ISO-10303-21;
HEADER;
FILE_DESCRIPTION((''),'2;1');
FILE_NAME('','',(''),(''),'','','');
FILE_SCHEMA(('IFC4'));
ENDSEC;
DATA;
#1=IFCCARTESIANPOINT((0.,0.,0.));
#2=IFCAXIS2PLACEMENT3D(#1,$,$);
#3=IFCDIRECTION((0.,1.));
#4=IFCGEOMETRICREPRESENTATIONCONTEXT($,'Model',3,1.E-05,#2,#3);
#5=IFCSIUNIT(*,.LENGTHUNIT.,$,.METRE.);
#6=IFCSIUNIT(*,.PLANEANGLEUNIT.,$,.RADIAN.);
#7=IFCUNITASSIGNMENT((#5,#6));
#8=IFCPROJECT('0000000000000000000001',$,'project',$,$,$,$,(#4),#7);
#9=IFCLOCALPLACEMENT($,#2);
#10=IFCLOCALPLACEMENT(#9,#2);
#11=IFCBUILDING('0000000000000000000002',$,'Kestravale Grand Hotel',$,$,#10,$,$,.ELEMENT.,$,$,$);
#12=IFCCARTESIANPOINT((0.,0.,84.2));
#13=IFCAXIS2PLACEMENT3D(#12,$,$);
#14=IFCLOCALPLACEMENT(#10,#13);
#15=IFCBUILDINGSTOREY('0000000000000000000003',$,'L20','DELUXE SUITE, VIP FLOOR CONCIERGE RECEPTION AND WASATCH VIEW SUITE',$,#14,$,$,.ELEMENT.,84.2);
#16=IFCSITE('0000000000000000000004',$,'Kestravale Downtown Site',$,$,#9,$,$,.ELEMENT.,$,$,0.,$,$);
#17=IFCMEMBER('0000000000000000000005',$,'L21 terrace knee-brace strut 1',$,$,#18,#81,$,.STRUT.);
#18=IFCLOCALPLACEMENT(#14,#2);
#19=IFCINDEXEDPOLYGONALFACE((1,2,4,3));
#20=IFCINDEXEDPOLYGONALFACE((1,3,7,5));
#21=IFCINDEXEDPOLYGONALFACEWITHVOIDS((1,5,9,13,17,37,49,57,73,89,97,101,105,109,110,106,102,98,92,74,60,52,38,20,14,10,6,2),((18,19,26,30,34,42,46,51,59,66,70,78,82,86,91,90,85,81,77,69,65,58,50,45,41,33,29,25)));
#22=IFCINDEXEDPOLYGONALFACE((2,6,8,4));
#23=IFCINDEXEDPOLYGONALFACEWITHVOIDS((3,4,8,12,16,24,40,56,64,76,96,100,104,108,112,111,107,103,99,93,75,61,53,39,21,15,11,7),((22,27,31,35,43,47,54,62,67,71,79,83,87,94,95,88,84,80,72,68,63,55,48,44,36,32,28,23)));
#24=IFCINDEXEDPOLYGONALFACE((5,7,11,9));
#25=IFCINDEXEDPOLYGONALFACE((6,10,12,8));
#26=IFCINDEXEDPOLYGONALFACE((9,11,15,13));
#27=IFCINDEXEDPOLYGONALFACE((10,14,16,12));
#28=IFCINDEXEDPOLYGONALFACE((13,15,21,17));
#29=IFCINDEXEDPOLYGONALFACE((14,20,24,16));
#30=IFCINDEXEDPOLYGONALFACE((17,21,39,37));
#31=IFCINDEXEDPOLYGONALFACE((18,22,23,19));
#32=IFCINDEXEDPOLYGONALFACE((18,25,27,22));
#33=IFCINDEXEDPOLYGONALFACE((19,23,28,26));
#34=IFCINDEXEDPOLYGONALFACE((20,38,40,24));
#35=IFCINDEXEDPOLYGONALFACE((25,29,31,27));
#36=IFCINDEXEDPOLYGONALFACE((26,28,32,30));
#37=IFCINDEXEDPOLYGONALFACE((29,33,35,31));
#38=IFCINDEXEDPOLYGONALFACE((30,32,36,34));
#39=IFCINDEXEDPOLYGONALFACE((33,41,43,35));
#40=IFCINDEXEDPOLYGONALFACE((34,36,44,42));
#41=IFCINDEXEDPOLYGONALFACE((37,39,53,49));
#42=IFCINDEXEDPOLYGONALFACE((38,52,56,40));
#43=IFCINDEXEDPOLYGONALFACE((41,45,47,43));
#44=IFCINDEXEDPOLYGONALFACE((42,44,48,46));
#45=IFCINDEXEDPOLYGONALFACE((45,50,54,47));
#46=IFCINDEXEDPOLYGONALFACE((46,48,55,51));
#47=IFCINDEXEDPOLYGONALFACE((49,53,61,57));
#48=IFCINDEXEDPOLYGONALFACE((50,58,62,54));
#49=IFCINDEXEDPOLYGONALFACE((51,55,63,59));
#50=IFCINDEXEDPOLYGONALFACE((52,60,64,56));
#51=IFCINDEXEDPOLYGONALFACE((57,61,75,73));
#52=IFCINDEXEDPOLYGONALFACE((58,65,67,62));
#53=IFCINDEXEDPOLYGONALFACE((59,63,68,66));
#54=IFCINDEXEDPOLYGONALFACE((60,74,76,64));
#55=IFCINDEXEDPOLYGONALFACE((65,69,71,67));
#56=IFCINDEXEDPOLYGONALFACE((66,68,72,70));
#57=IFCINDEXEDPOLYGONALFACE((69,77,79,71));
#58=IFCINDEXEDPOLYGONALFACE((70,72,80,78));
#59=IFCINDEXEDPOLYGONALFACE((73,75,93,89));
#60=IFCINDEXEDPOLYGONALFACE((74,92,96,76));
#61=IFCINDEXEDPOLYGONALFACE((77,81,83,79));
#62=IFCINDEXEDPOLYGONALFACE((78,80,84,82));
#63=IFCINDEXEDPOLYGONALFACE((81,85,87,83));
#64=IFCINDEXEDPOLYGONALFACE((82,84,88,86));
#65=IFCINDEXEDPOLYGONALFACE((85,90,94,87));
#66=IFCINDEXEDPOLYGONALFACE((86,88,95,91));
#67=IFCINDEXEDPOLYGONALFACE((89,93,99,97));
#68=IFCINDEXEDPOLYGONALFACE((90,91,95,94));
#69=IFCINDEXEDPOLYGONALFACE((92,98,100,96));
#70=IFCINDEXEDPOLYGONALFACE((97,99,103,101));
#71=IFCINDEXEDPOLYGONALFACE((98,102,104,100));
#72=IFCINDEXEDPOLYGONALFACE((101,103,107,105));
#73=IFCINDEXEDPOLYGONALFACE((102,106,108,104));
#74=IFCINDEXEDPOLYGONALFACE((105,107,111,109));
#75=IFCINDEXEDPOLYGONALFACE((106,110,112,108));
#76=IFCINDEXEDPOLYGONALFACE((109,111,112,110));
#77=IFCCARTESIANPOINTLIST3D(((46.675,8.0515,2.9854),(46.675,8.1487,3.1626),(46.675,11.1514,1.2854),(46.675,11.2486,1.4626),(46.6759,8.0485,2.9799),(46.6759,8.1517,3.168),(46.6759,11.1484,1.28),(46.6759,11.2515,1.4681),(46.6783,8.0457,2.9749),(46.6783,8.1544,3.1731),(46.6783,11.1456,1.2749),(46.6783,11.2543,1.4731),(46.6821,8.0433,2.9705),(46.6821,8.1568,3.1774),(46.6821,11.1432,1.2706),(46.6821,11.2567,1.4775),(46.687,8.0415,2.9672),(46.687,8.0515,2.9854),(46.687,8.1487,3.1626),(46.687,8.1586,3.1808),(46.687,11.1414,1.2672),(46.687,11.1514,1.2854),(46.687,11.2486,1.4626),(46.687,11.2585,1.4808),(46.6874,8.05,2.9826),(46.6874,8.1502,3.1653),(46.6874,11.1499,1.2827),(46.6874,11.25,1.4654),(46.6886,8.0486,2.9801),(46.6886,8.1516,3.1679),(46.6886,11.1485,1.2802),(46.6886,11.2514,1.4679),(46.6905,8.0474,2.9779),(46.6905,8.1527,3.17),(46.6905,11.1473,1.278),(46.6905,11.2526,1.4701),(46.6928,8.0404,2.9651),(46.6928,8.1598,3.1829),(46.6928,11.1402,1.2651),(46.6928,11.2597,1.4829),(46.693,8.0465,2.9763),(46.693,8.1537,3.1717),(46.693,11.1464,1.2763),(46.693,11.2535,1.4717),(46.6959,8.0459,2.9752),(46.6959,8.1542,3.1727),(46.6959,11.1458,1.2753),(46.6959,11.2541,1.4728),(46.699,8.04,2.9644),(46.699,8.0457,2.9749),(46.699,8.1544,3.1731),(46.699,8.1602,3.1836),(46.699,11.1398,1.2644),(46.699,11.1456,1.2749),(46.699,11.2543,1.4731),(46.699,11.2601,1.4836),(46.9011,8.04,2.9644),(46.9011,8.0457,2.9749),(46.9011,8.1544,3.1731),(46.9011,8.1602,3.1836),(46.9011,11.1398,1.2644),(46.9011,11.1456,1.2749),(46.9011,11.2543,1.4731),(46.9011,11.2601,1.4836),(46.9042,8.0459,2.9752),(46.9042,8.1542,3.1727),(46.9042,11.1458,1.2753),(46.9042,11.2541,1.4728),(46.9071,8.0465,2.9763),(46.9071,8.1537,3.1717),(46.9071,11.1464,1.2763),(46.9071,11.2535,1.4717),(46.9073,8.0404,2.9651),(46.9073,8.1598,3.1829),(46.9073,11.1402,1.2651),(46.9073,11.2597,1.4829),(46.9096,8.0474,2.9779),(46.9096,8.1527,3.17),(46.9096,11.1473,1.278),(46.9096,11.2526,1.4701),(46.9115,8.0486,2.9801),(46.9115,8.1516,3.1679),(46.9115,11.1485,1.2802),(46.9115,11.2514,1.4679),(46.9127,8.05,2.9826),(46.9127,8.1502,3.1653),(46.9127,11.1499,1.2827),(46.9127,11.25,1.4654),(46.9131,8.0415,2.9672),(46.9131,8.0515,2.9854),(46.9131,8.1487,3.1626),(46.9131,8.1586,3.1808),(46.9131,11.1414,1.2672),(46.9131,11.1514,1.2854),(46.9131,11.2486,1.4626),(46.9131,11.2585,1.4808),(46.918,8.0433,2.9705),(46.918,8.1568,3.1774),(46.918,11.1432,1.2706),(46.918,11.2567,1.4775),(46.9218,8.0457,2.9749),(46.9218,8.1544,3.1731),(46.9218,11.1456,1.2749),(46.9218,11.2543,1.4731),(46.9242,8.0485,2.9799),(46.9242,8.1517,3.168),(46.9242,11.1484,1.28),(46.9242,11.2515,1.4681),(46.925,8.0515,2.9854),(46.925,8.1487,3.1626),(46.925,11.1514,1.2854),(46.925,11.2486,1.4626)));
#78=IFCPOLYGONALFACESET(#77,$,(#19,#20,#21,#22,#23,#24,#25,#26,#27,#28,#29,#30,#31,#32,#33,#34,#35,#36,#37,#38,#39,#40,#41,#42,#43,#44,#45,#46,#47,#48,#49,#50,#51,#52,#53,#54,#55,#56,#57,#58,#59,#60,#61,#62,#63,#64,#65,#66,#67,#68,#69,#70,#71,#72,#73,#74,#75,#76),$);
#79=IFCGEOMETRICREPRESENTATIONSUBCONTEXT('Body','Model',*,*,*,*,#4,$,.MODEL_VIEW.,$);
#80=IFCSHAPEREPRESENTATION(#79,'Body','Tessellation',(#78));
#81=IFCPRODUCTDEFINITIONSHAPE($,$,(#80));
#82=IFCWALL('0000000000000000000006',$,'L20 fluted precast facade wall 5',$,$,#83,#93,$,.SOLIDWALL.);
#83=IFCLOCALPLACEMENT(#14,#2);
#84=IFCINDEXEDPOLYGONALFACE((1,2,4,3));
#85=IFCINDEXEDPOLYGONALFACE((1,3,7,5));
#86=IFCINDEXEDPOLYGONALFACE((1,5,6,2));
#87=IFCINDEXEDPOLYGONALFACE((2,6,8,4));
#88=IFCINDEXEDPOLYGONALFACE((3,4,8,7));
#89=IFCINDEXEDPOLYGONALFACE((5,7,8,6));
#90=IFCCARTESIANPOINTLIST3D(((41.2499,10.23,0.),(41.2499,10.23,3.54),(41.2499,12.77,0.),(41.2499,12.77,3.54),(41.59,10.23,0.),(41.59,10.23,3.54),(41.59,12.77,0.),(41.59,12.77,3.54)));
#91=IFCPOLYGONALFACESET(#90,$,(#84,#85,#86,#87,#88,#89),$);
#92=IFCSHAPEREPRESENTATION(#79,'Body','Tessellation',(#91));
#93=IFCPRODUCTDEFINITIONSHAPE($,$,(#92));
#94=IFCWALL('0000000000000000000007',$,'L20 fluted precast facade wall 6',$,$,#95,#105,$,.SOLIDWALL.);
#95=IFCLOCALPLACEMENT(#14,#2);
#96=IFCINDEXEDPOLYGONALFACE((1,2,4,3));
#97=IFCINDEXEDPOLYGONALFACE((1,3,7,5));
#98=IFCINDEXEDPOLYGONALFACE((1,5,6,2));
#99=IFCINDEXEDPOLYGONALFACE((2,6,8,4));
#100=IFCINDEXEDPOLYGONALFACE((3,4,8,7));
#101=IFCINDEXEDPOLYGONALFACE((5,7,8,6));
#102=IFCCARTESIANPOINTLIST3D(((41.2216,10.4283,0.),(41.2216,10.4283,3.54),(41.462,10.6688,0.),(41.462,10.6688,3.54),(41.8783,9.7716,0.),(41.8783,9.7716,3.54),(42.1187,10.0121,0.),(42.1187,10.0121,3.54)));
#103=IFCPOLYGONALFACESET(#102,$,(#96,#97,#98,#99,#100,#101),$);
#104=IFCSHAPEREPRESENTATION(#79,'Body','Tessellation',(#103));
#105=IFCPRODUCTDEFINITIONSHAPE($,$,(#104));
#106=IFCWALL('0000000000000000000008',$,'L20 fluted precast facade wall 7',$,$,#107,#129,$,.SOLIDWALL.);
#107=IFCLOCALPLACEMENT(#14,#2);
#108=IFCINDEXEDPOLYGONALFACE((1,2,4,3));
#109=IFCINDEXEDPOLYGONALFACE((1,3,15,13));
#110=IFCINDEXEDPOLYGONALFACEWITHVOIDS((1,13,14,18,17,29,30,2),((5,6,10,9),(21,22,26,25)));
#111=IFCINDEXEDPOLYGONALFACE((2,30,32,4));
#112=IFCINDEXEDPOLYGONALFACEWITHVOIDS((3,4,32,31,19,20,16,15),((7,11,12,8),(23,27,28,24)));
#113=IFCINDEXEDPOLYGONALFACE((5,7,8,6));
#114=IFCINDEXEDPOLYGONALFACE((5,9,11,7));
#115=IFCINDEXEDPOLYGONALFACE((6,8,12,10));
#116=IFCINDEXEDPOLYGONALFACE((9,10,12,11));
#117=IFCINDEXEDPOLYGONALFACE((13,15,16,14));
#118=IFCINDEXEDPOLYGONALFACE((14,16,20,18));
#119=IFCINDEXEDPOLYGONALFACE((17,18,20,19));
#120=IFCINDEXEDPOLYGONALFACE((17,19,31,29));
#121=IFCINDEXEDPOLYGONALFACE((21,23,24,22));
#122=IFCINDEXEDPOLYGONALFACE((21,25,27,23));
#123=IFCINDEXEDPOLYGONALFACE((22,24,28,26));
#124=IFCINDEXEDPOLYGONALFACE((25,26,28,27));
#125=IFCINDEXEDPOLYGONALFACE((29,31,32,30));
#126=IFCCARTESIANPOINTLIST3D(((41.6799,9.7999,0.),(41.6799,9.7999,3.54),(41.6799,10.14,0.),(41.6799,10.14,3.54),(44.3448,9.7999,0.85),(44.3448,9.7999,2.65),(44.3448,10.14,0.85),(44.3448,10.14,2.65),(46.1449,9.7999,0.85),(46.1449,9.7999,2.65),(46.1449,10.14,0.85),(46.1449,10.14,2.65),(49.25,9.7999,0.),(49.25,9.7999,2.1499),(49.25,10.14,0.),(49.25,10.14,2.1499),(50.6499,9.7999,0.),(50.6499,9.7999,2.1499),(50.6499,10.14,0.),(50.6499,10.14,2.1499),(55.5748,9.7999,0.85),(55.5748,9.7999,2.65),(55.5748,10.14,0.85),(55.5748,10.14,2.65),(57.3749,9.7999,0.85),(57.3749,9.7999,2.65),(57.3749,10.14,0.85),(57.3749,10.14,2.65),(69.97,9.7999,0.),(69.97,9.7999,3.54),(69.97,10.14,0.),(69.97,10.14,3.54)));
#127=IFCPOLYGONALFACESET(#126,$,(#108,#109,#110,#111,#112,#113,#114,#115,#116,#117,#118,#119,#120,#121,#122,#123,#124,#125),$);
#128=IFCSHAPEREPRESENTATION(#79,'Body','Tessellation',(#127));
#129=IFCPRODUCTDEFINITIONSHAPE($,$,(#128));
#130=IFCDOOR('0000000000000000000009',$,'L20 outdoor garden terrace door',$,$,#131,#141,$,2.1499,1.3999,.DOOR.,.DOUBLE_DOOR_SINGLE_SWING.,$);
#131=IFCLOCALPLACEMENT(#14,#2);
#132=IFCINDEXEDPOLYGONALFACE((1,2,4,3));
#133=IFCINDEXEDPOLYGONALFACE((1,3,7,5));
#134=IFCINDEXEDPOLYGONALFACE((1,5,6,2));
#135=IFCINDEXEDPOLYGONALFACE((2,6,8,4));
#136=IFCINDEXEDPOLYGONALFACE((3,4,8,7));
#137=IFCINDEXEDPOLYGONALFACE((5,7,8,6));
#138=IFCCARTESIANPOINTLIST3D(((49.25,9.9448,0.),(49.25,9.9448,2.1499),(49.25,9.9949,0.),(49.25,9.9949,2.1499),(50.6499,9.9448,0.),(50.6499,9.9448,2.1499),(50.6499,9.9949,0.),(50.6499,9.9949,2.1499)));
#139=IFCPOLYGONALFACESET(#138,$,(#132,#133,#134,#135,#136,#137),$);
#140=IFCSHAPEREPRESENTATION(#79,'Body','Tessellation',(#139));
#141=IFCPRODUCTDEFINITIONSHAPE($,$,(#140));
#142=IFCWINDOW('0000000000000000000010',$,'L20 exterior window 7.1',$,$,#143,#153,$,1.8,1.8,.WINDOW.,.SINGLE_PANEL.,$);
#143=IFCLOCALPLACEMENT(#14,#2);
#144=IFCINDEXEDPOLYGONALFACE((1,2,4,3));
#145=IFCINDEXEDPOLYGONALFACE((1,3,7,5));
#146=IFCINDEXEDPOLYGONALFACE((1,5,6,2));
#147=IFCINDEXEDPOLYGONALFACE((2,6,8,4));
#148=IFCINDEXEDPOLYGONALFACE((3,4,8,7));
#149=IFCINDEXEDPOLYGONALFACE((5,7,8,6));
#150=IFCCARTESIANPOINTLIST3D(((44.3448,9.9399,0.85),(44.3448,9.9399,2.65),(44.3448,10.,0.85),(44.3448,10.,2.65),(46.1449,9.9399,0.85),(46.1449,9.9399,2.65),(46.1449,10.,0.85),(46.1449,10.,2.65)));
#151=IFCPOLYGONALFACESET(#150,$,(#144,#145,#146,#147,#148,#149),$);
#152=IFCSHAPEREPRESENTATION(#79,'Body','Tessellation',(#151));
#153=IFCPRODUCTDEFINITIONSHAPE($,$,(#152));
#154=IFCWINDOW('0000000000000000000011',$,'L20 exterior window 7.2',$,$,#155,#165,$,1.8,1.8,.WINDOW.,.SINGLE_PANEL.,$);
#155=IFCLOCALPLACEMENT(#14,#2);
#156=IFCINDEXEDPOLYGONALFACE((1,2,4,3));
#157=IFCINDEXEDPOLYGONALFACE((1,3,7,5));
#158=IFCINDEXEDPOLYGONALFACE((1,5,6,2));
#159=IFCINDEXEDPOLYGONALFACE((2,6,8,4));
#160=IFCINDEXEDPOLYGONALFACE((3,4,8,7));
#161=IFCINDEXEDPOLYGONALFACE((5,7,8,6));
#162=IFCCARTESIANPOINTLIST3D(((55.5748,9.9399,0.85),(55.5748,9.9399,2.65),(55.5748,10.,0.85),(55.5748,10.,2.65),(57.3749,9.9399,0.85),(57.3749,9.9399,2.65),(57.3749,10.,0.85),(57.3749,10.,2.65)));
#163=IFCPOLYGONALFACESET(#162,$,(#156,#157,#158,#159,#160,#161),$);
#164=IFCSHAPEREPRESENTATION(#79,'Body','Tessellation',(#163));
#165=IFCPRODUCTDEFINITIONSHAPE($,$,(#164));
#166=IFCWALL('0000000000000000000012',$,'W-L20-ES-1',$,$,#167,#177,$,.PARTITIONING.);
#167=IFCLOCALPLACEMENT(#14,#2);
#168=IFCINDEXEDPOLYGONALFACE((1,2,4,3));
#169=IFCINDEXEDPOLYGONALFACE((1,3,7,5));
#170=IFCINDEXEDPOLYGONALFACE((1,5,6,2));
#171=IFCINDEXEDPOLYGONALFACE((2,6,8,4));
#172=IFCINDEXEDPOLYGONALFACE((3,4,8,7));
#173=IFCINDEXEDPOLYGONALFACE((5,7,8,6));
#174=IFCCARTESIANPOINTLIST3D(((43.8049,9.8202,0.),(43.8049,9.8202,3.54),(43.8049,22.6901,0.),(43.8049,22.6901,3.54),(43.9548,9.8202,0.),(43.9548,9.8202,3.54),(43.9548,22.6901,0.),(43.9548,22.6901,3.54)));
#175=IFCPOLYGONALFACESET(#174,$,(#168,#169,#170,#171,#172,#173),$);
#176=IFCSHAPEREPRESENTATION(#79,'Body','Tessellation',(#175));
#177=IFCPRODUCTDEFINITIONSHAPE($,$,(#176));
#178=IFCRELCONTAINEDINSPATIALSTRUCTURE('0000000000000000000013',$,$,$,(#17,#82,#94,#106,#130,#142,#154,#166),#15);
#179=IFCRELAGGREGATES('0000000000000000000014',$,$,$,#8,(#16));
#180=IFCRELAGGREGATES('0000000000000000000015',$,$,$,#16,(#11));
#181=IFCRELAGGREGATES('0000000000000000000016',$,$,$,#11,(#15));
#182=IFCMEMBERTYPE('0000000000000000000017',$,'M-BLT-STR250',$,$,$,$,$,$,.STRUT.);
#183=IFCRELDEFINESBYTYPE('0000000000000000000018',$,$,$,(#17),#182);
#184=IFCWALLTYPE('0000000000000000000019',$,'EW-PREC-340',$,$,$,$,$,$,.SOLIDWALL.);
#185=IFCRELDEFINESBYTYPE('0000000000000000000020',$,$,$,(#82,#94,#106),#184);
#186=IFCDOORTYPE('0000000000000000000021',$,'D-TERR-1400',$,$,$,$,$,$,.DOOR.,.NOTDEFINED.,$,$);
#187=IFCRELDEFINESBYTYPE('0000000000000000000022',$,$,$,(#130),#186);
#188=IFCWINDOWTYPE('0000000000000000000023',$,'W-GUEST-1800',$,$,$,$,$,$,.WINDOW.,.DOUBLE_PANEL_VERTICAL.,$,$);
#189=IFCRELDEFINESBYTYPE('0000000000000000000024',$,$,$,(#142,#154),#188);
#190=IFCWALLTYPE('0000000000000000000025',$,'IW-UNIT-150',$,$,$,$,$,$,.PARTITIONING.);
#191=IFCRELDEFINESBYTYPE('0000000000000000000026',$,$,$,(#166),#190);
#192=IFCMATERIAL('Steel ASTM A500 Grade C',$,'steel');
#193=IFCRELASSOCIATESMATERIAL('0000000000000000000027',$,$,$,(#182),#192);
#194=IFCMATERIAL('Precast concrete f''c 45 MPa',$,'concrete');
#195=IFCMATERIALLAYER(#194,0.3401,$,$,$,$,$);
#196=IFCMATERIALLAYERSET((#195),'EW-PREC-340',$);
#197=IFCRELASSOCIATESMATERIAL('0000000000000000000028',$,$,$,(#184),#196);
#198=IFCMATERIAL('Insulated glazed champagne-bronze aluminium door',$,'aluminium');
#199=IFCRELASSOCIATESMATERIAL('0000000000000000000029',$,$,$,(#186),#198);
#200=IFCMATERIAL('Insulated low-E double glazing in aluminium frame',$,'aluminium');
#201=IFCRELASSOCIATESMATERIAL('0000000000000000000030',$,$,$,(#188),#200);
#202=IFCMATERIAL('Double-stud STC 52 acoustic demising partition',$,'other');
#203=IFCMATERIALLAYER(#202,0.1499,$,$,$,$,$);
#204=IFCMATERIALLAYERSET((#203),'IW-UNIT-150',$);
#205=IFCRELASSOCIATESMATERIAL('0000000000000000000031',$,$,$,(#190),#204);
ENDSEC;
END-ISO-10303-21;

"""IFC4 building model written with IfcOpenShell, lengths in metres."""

from ifc_helpers import new_model, si_unit, direction, frame, frame_2d, origin, origin_2d, place, context, subcontext, project, spatial, rectangle, hollow_rectangle, extrude, material, layer, layer_set, material_profile, profile_set, type_object, element, fill, save


model = new_model("IFC4")

# Units and contexts
model_context = context("Model", 3, precision=1e-05, world=origin(), true_north=direction((0.0, 1.0)))
body_context = subcontext(model_context, "Body", "Model", "MODEL_VIEW")
ifc_project = project(units=[si_unit("LENGTHUNIT", "METRE"), si_unit("PLANEANGLEUNIT", "RADIAN")], contexts=[model_context])

# Site, building, storey
site_placement = place(None, origin())
site = spatial("IfcSite", under=ifc_project, at=site_placement, Name="Kestravale Downtown Site", CompositionType="ELEMENT", RefElevation=0.0)
building_placement = place(site_placement, origin())
building = spatial("IfcBuilding", under=site, at=building_placement, Name="Kestravale Grand Hotel", CompositionType="ELEMENT")
storey_placement = place(building_placement, frame((0.0, 0.0, 84.2)))
storey = spatial("IfcBuildingStorey", under=building, at=storey_placement, Name="L20", Description="DELUXE SUITE, VIP FLOOR CONCIERGE RECEPTION AND WASATCH VIEW SUITE", CompositionType="ELEMENT", Elevation=84.2)

# Member
ifc_material_1 = material(Name="Steel ASTM A500 Grade C", Category="steel")
ifc_material_profile_1 = material_profile(ifc_material_1, hollow_rectangle(XDim=0.25, YDim=0.25, WallThickness=0.012, InnerFilletRadius=0.012, OuterFilletRadius=0.0239, at=origin_2d()))
ifc_profile_set_1 = profile_set([ifc_material_profile_1], Name="Steel ASTM A500 Grade C")
member_type = type_object("IfcMemberType", Name="M-BLT-STR250", PredefinedType="STRUT", material=ifc_profile_set_1)
member_placement = place(storey_placement, frame((46.8, 11.2, 1.374), z_axis=(0.0, -0.876809, 0.480839), x_axis=(1.0, 0.0, 0.0)))
element("IfcMember", 1, at=member_placement, inside=storey, type_object=member_type, Name="L21 terrace knee-brace strut 1", PredefinedType="STRUT", context=body_context, shape_type="SweptSolid", body=[
    extrude(hollow_rectangle(XDim=0.25, YDim=0.25, WallThickness=0.012, InnerFilletRadius=0.012, OuterFilletRadius=0.0239, at=origin_2d()), origin(), (0.0, 0.0, 1.0), 3.5354),
])

# Walls
ifc_material_2 = material(Name="Precast concrete f'c 45 MPa", Category="concrete")
ifc_layer_1 = layer(ifc_material_2, 0.3401)
ifc_layer_set_1 = layer_set([ifc_layer_1], Name="EW-PREC-340")
wall_type_1 = type_object("IfcWallType", Name="EW-PREC-340", PredefinedType="SOLIDWALL", material=ifc_layer_set_1)
wall_1_placement = place(storey_placement, frame((41.4199, 12.77, 0.0), z_axis=(0.0, 0.0, 1.0), x_axis=(0.0, -1.0, 0.0)))
element("IfcWall", 2, at=wall_1_placement, inside=storey, type_object=wall_type_1, Name="L20 fluted precast facade wall 5", PredefinedType="SOLIDWALL", context=body_context, shape_type="SweptSolid", body=[
    extrude(rectangle(XDim=2.54, YDim=0.3401, at=frame_2d((1.27, 0.0))), origin(), (0.0, 0.0, 1.0), 3.54),
])
wall_2_placement = place(storey_placement, frame((41.3418, 10.5486, 0.0), z_axis=(0.0, 0.0, 1.0), x_axis=(0.707107, -0.707107, 0.0)))
element("IfcWall", 3, at=wall_2_placement, inside=storey, type_object=wall_type_1, Name="L20 fluted precast facade wall 6", PredefinedType="SOLIDWALL", context=body_context, shape_type="SweptSolid", body=[
    extrude(rectangle(XDim=0.9287, YDim=0.3401, at=frame_2d((0.4644, 0.0))), origin(), (0.0, 0.0, 1.0), 3.54),
])

# Wall, openings, door, windows
wall_3_placement = place(storey_placement, frame((41.6799, 9.97, 0.0), z_axis=(0.0, 0.0, 1.0), x_axis=(1.0, 0.0, 0.0)))
wall_3 = element("IfcWall", 4, at=wall_3_placement, inside=storey, type_object=wall_type_1, Name="L20 fluted precast facade wall 7", PredefinedType="SOLIDWALL", context=body_context, shape_type="SweptSolid", body=[
    extrude(rectangle(XDim=28.29, YDim=0.3401, at=frame_2d((14.145, 0.0))), origin(), (0.0, 0.0, 1.0), 3.54),
])
opening_1_placement = place(wall_3_placement, frame((7.5701, 0.0, 0.0)))
opening_1 = element("IfcOpeningElement", 5, at=opening_1_placement, cuts=wall_3, PredefinedType="OPENING", context=body_context, shape_type="SweptSolid", body=[
    extrude(rectangle(XDim=1.3999, YDim=2.1499, at=frame_2d((0.7, 1.075))), frame((0.0, 0.1799, 0.0), z_axis=(0.0, -1.0, 0.0), x_axis=(1.0, 0.0, 0.0)), (0.0, 0.0, 1.0), 0.3601),
])
opening_2_placement = place(wall_3_placement, frame((2.665, 0.0, 0.8501)))
opening_2 = element("IfcOpeningElement", 6, at=opening_2_placement, cuts=wall_3, PredefinedType="OPENING", context=body_context, shape_type="SweptSolid", body=[
    extrude(rectangle(XDim=1.8, YDim=1.8, at=frame_2d((0.8999, 0.8999))), frame((0.0, 0.1799, 0.0), z_axis=(0.0, -1.0, 0.0), x_axis=(1.0, 0.0, 0.0)), (0.0, 0.0, 1.0), 0.3601),
])
opening_3_placement = place(wall_3_placement, frame((13.895, 0.0, 0.8501)))
opening_3 = element("IfcOpeningElement", 7, at=opening_3_placement, cuts=wall_3, PredefinedType="OPENING", context=body_context, shape_type="SweptSolid", body=[
    extrude(rectangle(XDim=1.8, YDim=1.8, at=frame_2d((0.8999, 0.8999))), frame((0.0, 0.1799, 0.0), z_axis=(0.0, -1.0, 0.0), x_axis=(1.0, 0.0, 0.0)), (0.0, 0.0, 1.0), 0.3601),
])
ifc_material_3 = material(Name="Insulated glazed champagne-bronze aluminium door", Category="aluminium")
door_type = type_object("IfcDoorType", Name="D-TERR-1400", OperationType="NOTDEFINED", PredefinedType="DOOR", material=ifc_material_3)
door_placement = place(opening_1_placement, origin())
door = element("IfcDoor", 8, at=door_placement, inside=storey, type_object=door_type, Name="L20 outdoor garden terrace door", OperationType="DOUBLE_DOOR_SINGLE_SWING", OverallHeight=2.1499, OverallWidth=1.3999, PredefinedType="DOOR", context=body_context, shape_type="SweptSolid", body=[
    extrude(rectangle(XDim=1.3999, YDim=2.1499, at=frame_2d((0.7, 1.075))), frame((0.0, 0.0249, 0.0), z_axis=(0.0, -1.0, 0.0), x_axis=(1.0, 0.0, 0.0)), (0.0, 0.0, 1.0), 0.05),
])
fill(opening_1, door)
ifc_material_4 = material(Name="Insulated low-E double glazing in aluminium frame", Category="aluminium")
window_type = type_object("IfcWindowType", Name="W-GUEST-1800", PartitioningType="DOUBLE_PANEL_VERTICAL", PredefinedType="WINDOW", material=ifc_material_4)
window_1_placement = place(opening_2_placement, origin())
window_1 = element("IfcWindow", 9, at=window_1_placement, inside=storey, type_object=window_type, Name="L20 exterior window 7.1", OverallHeight=1.8, OverallWidth=1.8, PartitioningType="SINGLE_PANEL", PredefinedType="WINDOW", context=body_context, shape_type="SweptSolid", body=[
    extrude(rectangle(XDim=1.8, YDim=1.8, at=frame_2d((0.8999, 0.8999))), frame((0.0, 0.03, 0.0), z_axis=(0.0, -1.0, 0.0), x_axis=(1.0, 0.0, 0.0)), (0.0, 0.0, 1.0), 0.0601),
])
fill(opening_2, window_1)
window_2_placement = place(opening_3_placement, origin())
window_2 = element("IfcWindow", 10, at=window_2_placement, inside=storey, type_object=window_type, Name="L20 exterior window 7.2", OverallHeight=1.8, OverallWidth=1.8, PartitioningType="SINGLE_PANEL", PredefinedType="WINDOW", context=body_context, shape_type="SweptSolid", body=[
    extrude(rectangle(XDim=1.8, YDim=1.8, at=frame_2d((0.8999, 0.8999))), frame((0.0, 0.03, 0.0), z_axis=(0.0, -1.0, 0.0), x_axis=(1.0, 0.0, 0.0)), (0.0, 0.0, 1.0), 0.0601),
])
fill(opening_3, window_2)

# Wall
ifc_material_5 = material(Name="Double-stud STC 52 acoustic demising partition", Category="other")
ifc_layer_2 = layer(ifc_material_5, 0.1499)
ifc_layer_set_2 = layer_set([ifc_layer_2], Name="IW-UNIT-150")
wall_type_2 = type_object("IfcWallType", Name="IW-UNIT-150", PredefinedType="PARTITIONING", material=ifc_layer_set_2)
wall_4_placement = place(storey_placement, frame((43.8799, 9.8201, 0.0), z_axis=(0.0, 0.0, 1.0), x_axis=(0.0, 1.0, 0.0)))
element("IfcWall", 11, at=wall_4_placement, inside=storey, type_object=wall_type_2, Name="W-L20-ES-1", PredefinedType="PARTITIONING", context=body_context, shape_type="SweptSolid", body=[
    extrude(rectangle(XDim=12.8699, YDim=0.1499, at=frame_2d((6.4351, 0.0))), origin(), (0.0, 0.0, 1.0), 3.54),
])

save(model, "model.ifc")
